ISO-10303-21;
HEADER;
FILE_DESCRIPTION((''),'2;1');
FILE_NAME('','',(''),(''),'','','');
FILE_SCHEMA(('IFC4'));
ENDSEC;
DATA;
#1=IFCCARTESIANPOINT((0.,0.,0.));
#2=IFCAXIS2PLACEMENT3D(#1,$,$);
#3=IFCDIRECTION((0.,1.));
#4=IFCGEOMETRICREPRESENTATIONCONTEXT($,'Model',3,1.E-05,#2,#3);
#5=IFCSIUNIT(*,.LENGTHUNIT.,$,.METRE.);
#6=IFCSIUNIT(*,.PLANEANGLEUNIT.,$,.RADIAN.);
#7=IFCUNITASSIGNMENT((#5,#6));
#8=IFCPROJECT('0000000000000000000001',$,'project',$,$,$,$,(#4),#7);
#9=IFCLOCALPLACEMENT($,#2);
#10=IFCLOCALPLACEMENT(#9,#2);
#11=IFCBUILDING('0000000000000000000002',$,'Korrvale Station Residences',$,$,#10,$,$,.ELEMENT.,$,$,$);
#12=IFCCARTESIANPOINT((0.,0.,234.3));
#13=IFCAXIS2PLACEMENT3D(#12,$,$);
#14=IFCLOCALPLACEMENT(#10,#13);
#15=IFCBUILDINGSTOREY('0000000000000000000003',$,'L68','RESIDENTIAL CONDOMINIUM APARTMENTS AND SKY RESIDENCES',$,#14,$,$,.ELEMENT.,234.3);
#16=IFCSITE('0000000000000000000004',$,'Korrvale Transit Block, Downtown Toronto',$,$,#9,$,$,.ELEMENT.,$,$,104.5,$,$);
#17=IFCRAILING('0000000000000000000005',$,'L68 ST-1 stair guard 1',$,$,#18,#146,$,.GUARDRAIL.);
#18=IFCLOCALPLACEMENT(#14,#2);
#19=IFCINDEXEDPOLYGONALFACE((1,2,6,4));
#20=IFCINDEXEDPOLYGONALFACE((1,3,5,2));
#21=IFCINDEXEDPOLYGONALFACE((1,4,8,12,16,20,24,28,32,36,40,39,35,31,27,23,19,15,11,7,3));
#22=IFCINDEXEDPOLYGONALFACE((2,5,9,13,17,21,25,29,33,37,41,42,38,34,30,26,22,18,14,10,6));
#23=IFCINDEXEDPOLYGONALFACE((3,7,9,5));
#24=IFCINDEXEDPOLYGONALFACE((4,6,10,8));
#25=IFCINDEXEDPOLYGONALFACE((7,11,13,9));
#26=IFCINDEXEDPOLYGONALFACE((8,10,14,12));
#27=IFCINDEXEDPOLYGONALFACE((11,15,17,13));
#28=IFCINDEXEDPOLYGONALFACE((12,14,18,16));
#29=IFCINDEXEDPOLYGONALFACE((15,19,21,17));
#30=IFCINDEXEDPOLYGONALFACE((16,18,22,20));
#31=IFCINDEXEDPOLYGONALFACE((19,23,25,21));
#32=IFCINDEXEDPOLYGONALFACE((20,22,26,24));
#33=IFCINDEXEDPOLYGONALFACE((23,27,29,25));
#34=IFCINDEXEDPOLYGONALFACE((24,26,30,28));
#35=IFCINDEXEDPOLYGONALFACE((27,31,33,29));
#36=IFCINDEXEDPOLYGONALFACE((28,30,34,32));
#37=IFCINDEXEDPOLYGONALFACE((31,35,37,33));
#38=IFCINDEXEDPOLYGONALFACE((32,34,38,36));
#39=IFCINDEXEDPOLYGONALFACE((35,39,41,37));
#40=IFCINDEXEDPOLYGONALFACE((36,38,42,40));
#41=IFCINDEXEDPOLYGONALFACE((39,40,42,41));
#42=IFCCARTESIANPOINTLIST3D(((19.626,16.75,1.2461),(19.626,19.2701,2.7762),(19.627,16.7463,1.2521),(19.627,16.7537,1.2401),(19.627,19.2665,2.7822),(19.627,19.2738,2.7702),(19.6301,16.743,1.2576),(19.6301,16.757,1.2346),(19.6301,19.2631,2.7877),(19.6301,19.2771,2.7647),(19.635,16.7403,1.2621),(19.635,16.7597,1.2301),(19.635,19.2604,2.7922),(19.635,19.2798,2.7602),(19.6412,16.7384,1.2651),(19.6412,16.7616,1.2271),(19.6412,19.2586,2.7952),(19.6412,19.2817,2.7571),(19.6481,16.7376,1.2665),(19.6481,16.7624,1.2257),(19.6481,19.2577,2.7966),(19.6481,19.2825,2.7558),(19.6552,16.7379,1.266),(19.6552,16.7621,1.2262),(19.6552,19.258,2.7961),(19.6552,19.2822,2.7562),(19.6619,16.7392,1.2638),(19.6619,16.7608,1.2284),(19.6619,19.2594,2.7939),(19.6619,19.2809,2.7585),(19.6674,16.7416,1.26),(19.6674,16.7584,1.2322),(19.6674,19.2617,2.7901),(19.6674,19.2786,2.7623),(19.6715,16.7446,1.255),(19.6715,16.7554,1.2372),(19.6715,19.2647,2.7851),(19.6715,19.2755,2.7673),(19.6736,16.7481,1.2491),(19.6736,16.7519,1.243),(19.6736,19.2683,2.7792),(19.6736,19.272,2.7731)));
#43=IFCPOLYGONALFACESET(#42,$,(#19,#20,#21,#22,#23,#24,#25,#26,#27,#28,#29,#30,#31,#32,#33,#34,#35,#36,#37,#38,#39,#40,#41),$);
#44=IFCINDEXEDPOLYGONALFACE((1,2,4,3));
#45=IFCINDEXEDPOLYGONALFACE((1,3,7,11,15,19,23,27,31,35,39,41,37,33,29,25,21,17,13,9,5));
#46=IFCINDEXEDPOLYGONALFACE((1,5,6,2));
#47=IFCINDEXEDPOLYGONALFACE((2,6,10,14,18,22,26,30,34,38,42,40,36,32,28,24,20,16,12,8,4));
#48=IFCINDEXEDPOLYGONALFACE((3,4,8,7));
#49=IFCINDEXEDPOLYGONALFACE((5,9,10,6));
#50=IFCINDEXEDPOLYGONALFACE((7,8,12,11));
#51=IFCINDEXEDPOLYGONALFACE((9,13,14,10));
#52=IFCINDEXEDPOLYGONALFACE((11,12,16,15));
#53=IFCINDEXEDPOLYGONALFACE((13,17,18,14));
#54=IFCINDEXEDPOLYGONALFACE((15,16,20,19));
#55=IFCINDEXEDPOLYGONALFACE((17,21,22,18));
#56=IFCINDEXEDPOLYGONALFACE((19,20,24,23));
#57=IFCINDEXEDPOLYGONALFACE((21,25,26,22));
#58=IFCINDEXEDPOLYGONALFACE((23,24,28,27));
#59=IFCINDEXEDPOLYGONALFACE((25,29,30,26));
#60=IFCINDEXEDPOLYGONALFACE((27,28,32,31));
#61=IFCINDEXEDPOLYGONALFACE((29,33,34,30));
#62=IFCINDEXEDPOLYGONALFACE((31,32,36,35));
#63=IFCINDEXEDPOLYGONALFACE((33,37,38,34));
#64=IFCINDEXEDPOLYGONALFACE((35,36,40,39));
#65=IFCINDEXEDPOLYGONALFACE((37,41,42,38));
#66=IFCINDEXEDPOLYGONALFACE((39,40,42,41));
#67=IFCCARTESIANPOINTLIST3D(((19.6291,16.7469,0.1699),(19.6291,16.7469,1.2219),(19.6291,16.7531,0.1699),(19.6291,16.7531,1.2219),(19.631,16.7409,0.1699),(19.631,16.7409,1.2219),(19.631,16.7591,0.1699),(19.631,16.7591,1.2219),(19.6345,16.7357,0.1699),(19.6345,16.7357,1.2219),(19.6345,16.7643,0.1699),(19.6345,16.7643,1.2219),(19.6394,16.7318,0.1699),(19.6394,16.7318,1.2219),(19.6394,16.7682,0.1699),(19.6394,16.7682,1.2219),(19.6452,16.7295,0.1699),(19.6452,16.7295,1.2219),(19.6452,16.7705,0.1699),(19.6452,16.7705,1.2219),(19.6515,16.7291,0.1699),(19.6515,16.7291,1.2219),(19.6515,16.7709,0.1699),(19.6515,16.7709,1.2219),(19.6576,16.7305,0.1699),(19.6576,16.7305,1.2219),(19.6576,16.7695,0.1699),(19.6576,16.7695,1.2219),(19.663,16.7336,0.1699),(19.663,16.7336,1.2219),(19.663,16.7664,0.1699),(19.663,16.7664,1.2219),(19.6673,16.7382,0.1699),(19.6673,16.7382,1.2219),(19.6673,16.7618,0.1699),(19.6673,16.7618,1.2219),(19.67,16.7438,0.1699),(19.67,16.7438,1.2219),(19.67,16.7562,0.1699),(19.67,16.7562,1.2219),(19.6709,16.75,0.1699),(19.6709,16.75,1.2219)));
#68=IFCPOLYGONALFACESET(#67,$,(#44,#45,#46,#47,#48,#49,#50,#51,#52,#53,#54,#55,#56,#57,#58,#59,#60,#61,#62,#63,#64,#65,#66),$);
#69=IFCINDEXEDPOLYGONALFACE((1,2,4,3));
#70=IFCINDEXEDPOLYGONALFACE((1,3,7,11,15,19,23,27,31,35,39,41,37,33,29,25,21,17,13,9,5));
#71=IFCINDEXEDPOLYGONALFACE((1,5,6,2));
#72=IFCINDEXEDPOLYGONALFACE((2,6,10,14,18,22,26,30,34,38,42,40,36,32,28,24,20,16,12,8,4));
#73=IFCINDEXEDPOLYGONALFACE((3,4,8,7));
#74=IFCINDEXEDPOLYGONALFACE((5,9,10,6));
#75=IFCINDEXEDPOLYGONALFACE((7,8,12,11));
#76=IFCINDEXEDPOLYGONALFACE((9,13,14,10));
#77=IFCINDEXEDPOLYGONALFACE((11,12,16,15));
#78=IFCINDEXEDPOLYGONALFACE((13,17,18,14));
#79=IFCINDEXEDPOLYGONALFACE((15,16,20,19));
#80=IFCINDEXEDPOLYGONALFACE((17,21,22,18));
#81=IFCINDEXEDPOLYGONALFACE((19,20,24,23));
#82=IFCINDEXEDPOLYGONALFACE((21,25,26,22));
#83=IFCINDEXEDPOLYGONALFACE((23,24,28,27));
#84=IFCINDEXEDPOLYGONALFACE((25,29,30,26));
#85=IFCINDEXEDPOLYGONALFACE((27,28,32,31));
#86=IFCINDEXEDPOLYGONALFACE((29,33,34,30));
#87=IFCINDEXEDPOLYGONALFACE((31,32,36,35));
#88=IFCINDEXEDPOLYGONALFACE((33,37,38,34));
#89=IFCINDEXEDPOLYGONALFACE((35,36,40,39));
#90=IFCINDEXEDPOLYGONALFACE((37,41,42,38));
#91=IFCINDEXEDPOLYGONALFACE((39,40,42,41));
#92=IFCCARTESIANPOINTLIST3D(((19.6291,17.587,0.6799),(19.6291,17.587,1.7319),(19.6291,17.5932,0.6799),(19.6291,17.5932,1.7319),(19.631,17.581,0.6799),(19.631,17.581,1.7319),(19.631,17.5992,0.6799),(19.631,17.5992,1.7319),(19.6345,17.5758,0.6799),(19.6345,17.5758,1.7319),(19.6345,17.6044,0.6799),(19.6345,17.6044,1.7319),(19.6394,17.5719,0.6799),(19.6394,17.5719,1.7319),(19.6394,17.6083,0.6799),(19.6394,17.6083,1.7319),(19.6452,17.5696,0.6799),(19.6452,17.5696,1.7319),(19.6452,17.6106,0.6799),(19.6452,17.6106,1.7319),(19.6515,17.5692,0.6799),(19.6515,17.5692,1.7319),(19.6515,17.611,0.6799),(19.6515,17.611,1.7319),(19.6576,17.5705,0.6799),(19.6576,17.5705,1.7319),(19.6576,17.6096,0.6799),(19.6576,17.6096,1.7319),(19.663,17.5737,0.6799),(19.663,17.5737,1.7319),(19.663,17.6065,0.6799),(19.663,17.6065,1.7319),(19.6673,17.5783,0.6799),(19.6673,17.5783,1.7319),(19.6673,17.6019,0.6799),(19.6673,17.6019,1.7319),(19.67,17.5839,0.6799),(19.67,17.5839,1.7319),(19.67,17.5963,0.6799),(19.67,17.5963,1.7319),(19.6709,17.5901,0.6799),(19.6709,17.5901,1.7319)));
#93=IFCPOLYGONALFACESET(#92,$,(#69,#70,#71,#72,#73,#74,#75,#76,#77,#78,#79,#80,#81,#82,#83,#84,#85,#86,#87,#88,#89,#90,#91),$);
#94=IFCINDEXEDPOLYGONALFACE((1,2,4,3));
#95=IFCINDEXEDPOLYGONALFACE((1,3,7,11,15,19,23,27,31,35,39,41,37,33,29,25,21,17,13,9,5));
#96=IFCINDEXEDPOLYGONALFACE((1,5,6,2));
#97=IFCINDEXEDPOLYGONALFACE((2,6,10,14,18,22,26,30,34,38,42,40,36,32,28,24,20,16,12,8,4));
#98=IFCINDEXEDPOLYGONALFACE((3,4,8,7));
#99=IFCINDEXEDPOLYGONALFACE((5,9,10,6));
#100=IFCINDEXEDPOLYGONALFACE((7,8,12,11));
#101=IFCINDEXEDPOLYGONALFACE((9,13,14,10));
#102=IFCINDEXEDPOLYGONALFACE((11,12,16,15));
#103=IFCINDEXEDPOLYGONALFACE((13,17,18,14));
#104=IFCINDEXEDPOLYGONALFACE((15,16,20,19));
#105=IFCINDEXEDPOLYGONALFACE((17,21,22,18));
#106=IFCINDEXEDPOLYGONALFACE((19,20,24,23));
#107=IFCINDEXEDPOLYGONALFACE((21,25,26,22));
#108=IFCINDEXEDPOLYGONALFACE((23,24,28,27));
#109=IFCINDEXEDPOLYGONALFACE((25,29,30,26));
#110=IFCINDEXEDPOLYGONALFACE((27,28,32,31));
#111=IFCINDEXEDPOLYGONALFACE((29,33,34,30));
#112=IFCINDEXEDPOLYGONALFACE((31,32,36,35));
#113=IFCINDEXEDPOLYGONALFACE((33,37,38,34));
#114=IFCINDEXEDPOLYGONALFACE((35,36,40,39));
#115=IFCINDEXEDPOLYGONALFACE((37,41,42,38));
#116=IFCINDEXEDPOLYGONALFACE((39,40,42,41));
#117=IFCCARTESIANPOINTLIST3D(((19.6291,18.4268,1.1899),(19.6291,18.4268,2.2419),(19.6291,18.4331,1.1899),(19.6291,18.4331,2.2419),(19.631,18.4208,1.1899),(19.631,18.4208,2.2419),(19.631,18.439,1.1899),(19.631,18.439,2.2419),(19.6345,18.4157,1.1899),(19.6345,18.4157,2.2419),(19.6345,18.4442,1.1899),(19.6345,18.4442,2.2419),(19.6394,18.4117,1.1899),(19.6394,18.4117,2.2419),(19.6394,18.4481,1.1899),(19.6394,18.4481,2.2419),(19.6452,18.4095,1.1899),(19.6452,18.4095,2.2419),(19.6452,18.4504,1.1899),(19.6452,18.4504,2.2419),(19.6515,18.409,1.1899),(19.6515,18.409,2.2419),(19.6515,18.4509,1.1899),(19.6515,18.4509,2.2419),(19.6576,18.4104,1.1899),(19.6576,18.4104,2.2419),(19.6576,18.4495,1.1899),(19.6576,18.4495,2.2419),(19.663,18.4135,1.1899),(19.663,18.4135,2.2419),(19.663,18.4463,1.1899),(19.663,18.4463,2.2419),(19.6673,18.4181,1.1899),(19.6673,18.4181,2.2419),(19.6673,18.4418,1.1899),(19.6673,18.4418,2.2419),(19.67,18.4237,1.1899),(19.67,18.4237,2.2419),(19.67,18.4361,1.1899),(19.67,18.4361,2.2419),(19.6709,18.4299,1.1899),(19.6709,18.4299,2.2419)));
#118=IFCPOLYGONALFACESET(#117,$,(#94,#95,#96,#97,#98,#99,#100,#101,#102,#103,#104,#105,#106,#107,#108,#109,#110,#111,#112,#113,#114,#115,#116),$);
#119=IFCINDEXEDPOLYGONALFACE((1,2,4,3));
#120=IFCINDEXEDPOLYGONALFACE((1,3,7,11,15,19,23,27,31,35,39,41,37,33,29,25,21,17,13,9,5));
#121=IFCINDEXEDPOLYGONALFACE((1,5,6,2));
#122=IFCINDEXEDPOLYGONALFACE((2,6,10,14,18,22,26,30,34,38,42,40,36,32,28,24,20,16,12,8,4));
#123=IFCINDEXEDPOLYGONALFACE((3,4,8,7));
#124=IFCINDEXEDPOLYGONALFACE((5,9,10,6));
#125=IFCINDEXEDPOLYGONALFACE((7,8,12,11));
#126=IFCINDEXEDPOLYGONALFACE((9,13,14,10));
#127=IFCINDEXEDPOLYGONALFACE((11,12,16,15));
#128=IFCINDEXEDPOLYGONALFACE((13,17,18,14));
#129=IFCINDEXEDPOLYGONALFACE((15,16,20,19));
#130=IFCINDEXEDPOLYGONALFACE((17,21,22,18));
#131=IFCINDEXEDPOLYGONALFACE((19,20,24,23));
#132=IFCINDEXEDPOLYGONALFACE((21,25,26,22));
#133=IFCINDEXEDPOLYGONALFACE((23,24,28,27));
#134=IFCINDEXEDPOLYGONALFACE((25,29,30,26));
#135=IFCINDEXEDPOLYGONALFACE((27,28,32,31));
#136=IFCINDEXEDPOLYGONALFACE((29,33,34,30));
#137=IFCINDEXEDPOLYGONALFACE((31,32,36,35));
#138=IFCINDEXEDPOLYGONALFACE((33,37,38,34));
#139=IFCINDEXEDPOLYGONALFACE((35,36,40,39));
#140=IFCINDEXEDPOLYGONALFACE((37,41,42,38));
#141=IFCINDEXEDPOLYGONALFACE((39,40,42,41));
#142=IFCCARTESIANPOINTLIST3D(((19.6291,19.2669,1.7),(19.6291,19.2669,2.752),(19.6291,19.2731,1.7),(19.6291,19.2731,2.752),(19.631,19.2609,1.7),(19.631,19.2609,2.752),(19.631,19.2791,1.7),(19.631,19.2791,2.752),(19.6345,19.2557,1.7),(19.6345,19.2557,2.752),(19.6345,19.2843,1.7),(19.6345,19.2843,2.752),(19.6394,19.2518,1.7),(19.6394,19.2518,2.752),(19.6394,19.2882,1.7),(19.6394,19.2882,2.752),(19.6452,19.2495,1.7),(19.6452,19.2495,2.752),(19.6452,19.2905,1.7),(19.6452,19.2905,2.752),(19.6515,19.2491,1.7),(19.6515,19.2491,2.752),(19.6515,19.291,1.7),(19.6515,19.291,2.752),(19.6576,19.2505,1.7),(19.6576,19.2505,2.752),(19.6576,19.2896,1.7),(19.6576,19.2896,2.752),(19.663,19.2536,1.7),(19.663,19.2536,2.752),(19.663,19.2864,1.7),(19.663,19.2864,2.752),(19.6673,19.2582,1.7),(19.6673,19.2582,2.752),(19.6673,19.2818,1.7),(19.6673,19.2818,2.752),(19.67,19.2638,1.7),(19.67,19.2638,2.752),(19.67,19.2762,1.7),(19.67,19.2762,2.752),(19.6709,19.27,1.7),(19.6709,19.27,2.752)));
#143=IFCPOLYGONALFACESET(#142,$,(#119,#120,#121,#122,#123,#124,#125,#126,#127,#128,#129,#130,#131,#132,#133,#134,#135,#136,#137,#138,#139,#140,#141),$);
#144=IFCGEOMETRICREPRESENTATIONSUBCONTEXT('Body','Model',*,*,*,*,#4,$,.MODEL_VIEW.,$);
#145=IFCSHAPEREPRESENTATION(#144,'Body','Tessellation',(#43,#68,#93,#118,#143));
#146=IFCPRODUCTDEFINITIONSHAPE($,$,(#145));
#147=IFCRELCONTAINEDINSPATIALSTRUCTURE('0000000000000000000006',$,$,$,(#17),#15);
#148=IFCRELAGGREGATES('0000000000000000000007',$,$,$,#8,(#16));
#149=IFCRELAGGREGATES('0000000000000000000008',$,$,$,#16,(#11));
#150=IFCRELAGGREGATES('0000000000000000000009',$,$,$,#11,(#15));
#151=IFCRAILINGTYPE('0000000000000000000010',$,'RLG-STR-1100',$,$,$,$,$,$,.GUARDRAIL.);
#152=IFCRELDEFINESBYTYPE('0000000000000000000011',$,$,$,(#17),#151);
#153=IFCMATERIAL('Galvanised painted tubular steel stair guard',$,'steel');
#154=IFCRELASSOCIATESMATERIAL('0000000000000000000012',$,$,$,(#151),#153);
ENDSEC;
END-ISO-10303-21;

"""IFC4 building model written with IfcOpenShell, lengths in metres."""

from ifc_helpers import new_model, si_unit, direction, frame, origin, origin_2d, place, context, subcontext, project, spatial, circle, extrude, material, type_object, element, save


model = new_model("IFC4")

# Units and contexts
model_context = context("Model", 3, precision=1e-05, world=origin(), true_north=direction((0.0, 1.0)))
body_context = subcontext(model_context, "Body", "Model", "MODEL_VIEW")
ifc_project = project(units=[si_unit("LENGTHUNIT", "METRE"), si_unit("PLANEANGLEUNIT", "RADIAN")], contexts=[model_context])

# Site, building, storey
site_placement = place(None, origin())
site = spatial("IfcSite", under=ifc_project, at=site_placement, Name="Korrvale Transit Block, Downtown Toronto", CompositionType="ELEMENT", RefElevation=104.5)
building_placement = place(site_placement, origin())
building = spatial("IfcBuilding", under=site, at=building_placement, Name="Korrvale Station Residences", CompositionType="ELEMENT")
storey_placement = place(building_placement, frame((0.0, 0.0, 234.3)))
storey = spatial("IfcBuildingStorey", under=building, at=storey_placement, Name="L68", Description="RESIDENTIAL CONDOMINIUM APARTMENTS AND SKY RESIDENCES", CompositionType="ELEMENT", Elevation=234.3)

# Railing
ifc_material_1 = material(Name="Galvanised painted tubular steel stair guard", Category="steel")
railing_type_1 = type_object("IfcRailingType", Name="RLG-STR-1100", PredefinedType="GUARDRAIL", material=ifc_material_1)
railing_1_placement = place(storey_placement, frame((19.6499, 16.75, 0.1699)))
element("IfcRailing", 1, at=railing_1_placement, inside=storey, type_object=railing_type_1, Name="L68 ST-1 stair guard 1", PredefinedType="GUARDRAIL", context=body_context, shape_type="SweptSolid", body=[
    extrude(circle(Radius=0.0239, at=origin_2d()), frame((0.0, 0.0, 1.0762), z_axis=(0.0, 0.854785, 0.518982), x_axis=(-1.0, 0.0, 0.0)), (0.0, 0.0, 1.0), 2.9482),
    extrude(circle(Radius=0.021, at=origin_2d()), origin(), (0.0, 0.0, 1.0), 1.052),
    extrude(circle(Radius=0.021, at=origin_2d()), frame((0.0, 0.8401, 0.51)), (0.0, 0.0, 1.0), 1.052),
    extrude(circle(Radius=0.021, at=origin_2d()), frame((0.0, 1.6799, 1.02)), (0.0, 0.0, 1.0), 1.052),
    extrude(circle(Radius=0.021, at=origin_2d()), frame((0.0, 2.52, 1.53)), (0.0, 0.0, 1.0), 1.052),
])

save(model, "model.ifc")
